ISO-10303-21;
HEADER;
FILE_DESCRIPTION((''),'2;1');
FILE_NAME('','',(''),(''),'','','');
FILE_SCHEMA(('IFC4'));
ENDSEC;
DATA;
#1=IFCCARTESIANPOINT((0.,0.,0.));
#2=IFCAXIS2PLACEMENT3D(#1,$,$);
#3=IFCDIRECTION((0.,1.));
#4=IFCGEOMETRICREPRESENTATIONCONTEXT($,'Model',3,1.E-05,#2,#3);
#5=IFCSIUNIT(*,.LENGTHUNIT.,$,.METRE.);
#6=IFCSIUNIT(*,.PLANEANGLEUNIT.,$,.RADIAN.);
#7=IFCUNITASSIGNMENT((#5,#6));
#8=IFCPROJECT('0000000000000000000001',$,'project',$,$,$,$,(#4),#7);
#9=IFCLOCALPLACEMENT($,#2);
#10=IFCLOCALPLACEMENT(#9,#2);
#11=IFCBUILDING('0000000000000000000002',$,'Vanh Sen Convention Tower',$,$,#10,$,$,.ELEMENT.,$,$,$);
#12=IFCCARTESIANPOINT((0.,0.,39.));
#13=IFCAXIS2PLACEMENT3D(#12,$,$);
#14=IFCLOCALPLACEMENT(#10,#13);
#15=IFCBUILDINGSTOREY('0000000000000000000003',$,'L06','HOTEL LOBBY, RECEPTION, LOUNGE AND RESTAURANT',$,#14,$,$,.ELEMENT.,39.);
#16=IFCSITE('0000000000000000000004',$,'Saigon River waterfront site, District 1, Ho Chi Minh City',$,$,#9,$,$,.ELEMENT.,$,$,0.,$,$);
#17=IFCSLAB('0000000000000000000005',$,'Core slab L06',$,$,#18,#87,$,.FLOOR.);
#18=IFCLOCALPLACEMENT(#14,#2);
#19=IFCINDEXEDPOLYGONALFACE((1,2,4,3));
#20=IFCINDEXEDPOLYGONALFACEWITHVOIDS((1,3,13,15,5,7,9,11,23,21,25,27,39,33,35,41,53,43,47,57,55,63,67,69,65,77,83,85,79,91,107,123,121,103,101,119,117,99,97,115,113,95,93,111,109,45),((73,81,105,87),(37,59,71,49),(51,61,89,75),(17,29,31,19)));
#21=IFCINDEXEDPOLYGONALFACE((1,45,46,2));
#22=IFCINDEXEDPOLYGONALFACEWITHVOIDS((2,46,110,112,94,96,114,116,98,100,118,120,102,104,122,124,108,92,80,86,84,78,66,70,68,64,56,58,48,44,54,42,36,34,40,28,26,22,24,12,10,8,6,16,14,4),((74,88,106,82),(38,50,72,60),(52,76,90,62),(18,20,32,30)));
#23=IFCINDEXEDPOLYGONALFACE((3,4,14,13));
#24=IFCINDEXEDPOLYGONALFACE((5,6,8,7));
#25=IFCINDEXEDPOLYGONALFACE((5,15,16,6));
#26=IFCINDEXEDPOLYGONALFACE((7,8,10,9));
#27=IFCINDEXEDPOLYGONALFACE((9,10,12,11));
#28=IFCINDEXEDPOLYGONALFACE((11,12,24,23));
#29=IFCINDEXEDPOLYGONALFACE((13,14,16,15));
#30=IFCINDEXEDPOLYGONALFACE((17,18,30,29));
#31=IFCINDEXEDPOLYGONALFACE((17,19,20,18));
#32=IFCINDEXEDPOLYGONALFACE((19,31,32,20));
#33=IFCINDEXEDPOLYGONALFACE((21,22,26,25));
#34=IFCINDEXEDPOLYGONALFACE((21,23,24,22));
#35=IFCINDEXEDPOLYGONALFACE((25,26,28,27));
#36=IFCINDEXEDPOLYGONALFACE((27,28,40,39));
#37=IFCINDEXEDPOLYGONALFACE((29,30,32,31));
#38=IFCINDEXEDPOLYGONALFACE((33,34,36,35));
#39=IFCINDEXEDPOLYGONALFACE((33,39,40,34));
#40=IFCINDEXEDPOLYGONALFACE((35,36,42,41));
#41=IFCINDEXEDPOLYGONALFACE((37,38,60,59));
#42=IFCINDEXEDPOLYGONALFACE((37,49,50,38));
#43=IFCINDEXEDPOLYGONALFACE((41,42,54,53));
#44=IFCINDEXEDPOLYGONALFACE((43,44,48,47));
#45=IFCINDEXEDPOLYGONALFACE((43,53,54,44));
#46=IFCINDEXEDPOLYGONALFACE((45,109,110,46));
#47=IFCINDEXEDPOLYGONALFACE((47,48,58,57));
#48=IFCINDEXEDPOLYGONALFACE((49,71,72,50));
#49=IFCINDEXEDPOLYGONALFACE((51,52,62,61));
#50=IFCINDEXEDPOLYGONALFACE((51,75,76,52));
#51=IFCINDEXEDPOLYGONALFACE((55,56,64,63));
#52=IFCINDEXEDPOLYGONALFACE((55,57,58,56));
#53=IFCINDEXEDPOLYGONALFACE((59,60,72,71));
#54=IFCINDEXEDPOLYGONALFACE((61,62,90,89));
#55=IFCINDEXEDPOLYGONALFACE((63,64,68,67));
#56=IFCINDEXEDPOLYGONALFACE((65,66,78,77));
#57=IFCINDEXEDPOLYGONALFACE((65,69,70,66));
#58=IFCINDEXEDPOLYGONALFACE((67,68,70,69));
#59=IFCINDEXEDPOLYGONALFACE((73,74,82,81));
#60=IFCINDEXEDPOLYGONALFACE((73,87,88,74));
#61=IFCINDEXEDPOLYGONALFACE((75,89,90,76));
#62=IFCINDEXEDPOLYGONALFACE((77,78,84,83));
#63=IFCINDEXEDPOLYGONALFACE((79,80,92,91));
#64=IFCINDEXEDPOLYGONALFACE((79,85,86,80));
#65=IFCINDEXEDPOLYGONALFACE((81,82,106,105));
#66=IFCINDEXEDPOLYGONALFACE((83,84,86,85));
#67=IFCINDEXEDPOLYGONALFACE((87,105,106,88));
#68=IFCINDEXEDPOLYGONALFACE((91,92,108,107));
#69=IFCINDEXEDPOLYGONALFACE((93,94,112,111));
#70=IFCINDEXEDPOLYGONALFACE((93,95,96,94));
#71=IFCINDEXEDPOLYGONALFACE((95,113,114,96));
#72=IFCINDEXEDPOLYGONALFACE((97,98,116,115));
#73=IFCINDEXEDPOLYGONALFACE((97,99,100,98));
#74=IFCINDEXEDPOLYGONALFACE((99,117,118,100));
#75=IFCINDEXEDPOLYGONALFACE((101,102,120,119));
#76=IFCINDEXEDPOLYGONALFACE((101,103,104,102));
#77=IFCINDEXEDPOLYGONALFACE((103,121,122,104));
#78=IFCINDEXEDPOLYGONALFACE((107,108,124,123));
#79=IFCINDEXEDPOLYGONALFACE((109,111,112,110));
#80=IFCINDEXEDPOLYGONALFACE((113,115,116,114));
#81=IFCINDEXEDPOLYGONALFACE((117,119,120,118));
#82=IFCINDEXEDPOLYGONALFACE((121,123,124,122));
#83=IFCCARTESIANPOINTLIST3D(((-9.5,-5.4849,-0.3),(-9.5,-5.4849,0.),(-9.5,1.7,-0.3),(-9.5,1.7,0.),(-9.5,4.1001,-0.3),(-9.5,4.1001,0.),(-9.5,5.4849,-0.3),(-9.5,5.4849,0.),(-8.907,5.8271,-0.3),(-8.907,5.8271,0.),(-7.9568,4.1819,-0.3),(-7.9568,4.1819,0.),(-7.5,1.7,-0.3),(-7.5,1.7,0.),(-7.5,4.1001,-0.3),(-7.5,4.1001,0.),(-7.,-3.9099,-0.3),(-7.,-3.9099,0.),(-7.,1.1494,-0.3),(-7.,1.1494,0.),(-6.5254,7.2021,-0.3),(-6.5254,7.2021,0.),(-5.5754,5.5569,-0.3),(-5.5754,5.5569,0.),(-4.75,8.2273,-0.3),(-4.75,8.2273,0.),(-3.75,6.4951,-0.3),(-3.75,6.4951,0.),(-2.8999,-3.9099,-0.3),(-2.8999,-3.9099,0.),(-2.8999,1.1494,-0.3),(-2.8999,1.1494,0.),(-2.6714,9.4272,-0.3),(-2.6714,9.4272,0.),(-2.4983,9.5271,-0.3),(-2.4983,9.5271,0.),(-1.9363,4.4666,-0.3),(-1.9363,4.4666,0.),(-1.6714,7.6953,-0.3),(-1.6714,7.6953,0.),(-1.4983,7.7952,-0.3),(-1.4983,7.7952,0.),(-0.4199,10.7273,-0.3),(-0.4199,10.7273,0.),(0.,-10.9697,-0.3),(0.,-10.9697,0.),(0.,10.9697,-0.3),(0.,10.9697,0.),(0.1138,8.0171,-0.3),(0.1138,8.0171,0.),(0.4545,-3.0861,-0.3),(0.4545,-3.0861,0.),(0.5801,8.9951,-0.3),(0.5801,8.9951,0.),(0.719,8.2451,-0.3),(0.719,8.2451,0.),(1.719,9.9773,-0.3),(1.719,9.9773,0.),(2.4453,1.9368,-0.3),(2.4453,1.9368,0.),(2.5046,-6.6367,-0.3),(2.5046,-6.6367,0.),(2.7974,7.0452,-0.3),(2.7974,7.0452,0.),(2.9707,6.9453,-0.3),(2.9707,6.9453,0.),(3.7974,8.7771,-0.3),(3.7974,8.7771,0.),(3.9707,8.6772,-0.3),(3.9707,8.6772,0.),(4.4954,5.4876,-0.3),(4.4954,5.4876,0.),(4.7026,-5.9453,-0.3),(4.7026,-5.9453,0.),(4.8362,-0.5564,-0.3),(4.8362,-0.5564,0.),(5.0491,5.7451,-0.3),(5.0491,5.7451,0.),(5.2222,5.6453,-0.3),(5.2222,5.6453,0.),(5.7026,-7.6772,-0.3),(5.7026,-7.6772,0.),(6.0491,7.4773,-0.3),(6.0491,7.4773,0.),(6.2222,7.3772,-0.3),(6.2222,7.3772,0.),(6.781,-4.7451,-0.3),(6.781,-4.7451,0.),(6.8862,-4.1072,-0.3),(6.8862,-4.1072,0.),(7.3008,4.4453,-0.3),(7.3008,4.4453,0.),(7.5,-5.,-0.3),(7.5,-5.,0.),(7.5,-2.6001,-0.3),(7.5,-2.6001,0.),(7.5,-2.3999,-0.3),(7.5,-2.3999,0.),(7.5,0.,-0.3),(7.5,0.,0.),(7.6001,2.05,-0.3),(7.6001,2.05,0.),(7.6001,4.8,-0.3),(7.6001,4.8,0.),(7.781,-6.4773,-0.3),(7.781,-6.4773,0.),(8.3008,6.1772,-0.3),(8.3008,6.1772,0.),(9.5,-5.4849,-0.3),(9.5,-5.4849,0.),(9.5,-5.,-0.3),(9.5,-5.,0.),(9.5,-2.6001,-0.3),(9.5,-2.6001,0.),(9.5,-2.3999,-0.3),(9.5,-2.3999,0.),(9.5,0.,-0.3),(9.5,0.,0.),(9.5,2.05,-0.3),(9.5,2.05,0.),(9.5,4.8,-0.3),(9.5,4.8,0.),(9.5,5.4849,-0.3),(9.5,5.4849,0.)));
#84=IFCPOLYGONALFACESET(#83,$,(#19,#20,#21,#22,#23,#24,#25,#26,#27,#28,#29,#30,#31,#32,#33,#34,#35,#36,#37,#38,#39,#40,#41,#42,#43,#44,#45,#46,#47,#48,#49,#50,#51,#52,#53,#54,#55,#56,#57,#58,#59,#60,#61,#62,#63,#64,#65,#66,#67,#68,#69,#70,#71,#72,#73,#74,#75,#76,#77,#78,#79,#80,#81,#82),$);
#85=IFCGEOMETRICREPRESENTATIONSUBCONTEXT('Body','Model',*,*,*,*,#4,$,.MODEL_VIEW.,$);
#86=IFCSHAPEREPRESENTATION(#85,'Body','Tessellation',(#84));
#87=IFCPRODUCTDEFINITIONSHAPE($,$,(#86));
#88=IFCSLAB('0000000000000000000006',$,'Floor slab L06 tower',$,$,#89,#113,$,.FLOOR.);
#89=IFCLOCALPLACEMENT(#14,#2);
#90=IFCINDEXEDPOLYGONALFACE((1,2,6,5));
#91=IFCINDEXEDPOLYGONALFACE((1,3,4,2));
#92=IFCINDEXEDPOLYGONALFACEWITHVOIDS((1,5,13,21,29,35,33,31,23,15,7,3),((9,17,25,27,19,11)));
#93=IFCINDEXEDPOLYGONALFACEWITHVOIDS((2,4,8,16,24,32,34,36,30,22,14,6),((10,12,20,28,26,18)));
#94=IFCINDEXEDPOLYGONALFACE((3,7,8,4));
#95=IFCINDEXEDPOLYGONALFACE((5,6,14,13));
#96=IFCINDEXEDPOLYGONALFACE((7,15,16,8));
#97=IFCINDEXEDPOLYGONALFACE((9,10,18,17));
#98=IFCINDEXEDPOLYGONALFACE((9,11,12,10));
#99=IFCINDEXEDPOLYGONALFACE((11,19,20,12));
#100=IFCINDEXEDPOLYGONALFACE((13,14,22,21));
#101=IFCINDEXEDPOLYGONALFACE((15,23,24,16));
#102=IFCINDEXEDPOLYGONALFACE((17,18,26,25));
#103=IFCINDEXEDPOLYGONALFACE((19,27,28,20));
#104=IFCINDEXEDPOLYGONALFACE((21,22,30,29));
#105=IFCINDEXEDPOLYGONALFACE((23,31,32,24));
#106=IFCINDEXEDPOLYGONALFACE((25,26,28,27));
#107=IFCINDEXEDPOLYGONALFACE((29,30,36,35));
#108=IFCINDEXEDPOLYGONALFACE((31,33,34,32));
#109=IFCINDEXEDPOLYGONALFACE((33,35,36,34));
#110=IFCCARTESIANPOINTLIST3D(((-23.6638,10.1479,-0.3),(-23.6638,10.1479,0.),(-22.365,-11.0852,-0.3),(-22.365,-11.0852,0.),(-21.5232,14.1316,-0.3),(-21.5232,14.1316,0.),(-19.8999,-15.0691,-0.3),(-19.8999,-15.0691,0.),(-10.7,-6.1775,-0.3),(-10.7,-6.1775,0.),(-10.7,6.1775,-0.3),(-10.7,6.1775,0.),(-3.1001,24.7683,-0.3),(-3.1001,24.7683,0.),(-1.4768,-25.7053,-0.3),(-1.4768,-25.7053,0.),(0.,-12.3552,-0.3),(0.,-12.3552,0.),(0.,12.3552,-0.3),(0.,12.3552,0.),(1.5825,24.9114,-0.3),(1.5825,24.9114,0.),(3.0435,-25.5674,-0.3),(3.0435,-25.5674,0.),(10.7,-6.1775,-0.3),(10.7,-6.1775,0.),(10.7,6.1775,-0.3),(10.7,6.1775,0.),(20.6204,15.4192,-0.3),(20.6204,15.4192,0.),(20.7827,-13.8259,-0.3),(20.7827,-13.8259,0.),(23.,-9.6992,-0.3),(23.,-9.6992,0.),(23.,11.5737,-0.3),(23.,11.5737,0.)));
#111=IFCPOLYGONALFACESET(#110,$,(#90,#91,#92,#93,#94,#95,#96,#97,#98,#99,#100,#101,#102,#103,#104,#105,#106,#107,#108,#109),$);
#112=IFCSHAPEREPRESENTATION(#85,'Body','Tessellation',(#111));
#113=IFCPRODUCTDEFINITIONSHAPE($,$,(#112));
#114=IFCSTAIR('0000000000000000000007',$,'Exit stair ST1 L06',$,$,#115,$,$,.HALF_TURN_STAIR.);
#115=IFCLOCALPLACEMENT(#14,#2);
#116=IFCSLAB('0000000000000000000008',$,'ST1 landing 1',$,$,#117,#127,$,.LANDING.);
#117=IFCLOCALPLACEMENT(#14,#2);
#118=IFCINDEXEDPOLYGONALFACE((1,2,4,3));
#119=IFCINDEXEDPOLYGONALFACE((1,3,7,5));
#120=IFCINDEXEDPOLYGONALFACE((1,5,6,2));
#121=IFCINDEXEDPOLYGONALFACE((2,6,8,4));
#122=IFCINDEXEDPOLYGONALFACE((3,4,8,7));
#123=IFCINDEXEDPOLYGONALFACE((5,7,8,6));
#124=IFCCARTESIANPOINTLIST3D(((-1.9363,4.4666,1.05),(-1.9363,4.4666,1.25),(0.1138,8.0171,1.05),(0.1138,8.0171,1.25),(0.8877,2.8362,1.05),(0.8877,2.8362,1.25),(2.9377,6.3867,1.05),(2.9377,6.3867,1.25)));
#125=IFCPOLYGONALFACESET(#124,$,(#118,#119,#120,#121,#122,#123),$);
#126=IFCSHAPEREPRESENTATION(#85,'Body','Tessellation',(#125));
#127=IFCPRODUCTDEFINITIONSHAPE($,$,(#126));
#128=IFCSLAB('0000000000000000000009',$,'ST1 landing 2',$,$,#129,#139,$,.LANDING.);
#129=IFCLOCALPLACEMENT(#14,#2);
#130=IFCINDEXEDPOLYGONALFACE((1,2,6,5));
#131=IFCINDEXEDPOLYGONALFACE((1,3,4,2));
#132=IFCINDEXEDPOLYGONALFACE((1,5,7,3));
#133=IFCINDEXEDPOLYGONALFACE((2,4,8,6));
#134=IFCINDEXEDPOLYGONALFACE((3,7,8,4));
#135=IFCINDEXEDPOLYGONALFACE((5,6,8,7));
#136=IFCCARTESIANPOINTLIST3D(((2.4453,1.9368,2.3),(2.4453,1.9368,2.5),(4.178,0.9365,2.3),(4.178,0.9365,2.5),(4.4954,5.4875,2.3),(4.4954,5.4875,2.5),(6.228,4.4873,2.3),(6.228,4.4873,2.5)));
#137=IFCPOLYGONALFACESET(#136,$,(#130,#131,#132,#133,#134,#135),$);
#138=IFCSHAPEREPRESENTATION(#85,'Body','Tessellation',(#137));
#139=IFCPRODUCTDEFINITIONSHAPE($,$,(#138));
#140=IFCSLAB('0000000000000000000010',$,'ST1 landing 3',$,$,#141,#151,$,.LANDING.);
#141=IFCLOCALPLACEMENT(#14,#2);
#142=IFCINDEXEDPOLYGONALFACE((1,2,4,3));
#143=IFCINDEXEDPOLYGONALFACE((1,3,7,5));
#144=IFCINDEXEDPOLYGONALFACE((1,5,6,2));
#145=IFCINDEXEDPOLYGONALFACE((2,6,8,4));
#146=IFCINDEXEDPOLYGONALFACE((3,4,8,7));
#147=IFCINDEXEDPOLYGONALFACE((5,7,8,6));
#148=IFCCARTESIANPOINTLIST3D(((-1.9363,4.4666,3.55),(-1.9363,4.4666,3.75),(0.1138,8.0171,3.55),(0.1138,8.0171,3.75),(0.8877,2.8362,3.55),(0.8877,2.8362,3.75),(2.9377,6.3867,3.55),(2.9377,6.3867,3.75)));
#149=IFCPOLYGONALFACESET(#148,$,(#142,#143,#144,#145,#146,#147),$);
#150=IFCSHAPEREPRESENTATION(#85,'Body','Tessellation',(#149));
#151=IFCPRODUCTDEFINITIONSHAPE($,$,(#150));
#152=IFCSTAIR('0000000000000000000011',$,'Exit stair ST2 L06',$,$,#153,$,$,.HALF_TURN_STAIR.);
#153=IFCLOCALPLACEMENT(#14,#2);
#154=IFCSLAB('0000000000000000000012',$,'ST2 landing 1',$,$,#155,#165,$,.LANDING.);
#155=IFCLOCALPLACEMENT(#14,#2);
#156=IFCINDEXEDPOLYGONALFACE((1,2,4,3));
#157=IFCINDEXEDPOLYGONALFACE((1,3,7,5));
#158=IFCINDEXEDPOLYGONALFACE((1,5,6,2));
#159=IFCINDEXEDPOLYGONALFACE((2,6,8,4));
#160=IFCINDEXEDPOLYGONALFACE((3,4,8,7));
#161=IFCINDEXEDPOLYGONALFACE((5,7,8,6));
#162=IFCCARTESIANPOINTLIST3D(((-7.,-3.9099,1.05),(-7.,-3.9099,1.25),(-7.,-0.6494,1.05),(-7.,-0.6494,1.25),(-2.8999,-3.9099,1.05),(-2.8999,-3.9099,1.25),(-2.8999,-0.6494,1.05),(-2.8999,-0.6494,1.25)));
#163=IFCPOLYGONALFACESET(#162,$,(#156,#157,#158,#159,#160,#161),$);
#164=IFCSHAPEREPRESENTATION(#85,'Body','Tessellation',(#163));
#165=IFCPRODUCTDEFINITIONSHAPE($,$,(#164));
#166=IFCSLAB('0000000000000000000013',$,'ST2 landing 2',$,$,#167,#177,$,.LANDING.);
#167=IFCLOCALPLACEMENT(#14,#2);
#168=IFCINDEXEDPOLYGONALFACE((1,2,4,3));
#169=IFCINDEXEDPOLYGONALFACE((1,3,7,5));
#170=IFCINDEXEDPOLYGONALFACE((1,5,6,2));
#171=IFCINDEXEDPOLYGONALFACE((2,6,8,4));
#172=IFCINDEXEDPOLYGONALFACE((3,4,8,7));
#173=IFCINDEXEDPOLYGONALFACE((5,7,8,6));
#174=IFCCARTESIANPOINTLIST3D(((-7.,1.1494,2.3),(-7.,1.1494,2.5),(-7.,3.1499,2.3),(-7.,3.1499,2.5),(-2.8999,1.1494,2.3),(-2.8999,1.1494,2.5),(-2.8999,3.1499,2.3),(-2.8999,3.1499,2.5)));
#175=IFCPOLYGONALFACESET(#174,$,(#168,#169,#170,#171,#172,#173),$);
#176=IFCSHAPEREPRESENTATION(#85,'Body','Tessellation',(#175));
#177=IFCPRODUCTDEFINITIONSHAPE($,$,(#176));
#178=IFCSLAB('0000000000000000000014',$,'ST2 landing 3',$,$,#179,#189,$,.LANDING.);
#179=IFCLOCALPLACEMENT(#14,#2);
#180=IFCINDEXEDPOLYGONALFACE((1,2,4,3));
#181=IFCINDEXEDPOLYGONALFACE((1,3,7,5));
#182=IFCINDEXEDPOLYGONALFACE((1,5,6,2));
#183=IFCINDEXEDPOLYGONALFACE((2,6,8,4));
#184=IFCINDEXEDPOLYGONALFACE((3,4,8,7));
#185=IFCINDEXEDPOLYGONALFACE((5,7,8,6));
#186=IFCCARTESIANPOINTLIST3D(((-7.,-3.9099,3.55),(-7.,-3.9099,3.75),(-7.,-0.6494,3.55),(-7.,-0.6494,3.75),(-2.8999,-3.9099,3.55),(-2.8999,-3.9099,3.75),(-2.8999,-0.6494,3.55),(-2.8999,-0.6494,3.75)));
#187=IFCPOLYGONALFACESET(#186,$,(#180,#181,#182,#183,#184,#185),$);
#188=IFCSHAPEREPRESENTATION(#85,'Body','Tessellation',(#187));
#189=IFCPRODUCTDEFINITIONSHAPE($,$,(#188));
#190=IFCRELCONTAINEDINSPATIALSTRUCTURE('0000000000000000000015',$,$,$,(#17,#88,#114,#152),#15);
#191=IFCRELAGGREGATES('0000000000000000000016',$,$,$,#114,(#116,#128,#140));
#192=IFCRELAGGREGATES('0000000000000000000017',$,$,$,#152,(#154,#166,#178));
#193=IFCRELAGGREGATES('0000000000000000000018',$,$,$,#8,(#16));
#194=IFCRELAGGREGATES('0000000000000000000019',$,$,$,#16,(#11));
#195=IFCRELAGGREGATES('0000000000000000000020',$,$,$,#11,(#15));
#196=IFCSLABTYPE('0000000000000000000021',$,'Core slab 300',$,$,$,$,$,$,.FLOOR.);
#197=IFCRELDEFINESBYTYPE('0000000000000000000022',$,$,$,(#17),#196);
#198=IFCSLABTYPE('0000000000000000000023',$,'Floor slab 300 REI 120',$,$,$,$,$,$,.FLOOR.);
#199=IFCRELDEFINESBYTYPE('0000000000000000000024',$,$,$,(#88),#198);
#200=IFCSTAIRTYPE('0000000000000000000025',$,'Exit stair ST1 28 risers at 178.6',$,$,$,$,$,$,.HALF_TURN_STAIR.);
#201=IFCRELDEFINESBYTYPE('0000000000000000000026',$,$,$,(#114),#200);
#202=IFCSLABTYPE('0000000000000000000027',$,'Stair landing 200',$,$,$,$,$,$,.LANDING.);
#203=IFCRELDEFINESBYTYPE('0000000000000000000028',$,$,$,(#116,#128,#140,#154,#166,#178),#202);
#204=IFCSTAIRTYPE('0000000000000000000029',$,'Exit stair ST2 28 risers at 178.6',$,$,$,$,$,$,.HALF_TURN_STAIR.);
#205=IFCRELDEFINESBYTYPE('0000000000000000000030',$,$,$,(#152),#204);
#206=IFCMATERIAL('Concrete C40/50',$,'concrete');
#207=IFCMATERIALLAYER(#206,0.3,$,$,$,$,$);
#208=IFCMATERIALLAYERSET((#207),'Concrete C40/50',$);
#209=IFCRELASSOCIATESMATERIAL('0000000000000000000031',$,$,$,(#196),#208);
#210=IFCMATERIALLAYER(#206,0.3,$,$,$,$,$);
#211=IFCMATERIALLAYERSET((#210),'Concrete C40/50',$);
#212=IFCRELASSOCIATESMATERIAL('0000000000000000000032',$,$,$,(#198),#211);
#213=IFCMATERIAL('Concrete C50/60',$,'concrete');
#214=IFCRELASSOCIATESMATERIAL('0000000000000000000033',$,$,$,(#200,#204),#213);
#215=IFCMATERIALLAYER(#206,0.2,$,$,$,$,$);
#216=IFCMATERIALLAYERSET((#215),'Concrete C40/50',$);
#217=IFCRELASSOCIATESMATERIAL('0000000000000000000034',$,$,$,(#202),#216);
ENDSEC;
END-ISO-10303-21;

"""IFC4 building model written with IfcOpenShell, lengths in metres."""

from ifc_helpers import new_model, si_unit, direction, frame, origin, place, context, subcontext, project, spatial, polyline, outline, extrude, material, layer, layer_set, type_object, element, aggregate, save


model = new_model("IFC4")

# Units and contexts
model_context = context("Model", 3, precision=1e-05, world=origin(), true_north=direction((0.0, 1.0)))
body_context = subcontext(model_context, "Body", "Model", "MODEL_VIEW")
ifc_project = project(units=[si_unit("LENGTHUNIT", "METRE"), si_unit("PLANEANGLEUNIT", "RADIAN")], contexts=[model_context])

# Site, building, storey
site_placement = place(None, origin())
site = spatial("IfcSite", under=ifc_project, at=site_placement, Name="Saigon River waterfront site, District 1, Ho Chi Minh City", CompositionType="ELEMENT", RefElevation=0.0)
building_placement = place(site_placement, origin())
building = spatial("IfcBuilding", under=site, at=building_placement, Name="Vanh Sen Convention Tower", CompositionType="ELEMENT")
storey_placement = place(building_placement, frame((0.0, 0.0, 39.0)))
storey = spatial("IfcBuildingStorey", under=building, at=storey_placement, Name="L06", Description="HOTEL LOBBY, RECEPTION, LOUNGE AND RESTAURANT", CompositionType="ELEMENT", Elevation=39.0)

# Slabs
ifc_material_1 = material(Name="Concrete C40/50", Category="concrete")
ifc_layer_1 = layer(ifc_material_1, 0.3)
ifc_layer_set_1 = layer_set([ifc_layer_1], Name="Concrete C40/50")
slab_type_1 = type_object("IfcSlabType", Name="Core slab 300", PredefinedType="FLOOR", material=ifc_layer_set_1)
slab_1_placement = place(storey_placement, frame((0.0, 0.0, -0.3)))
element("IfcSlab", 1, at=slab_1_placement, inside=storey, type_object=slab_type_1, Name="Core slab L06", PredefinedType="FLOOR", context=body_context, shape_type="SweptSolid", body=[
    extrude(outline(polyline([(9.5, 5.4849), (9.5, 4.8), (7.6001, 4.8), (7.6001, 2.05), (9.5, 2.05), (9.5, 0.0), (7.5, 0.0), (7.5, -2.3999), (9.5, -2.3999), (9.5, -2.6001), (7.5, -2.6001), (7.5, -5.0), (9.5, -5.0), (9.5, -5.4849), (0.0, -10.9697), (-9.5, -5.4849), (-9.5, 1.7), (-7.5, 1.7), (-7.5, 4.1001), (-9.5, 4.1001), (-9.5, 5.4849), (-8.907, 5.8271), (-7.9568, 4.1819), (-5.5754, 5.5569), (-6.5254, 7.2021), (-4.75, 8.2273), (-3.75, 6.4951), (-1.6714, 7.6953), (-2.6714, 9.4272), (-2.4983, 9.5271), (-1.4983, 7.7952), (0.5801, 8.9951), (-0.4199, 10.7273), (0.0, 10.9697), (1.719, 9.9773), (0.719, 8.2451), (2.7974, 7.0452), (3.7974, 8.7771), (3.9707, 8.6772), (2.9707, 6.9453), (5.0491, 5.7451), (6.0491, 7.4773), (6.2222, 7.3772), (5.2222, 5.6453), (7.3008, 4.4453), (8.3008, 6.1772), (9.5, 5.4849)]), holes=[polyline([(-7.0, 3.1499), (-7.0, -3.9099), (-2.8999, -3.9099), (-2.8999, 3.1499), (-2.8999, 1.1494), (-7.0, 1.1494), (-7.0, 3.1499)]), polyline([(4.4954, 5.4875), (6.228, 4.4873), (0.1138, 8.0171), (-1.9363, 4.4666), (2.4453, 1.9368), (4.4954, 5.4875)]), polyline([(7.781, -6.4773), (6.781, -4.7451), (4.7026, -5.9453), (5.7026, -7.6772), (7.781, -6.4773)]), polyline([(0.4546, -3.0862), (2.5046, -6.6367), (6.8862, -4.1072), (4.8362, -0.5564), (-1.2781, -4.0864), (0.4546, -3.0862)])]), origin(), (0.0, 0.0, 1.0), 0.3),
])
ifc_layer_2 = layer(ifc_material_1, 0.3)
ifc_layer_set_2 = layer_set([ifc_layer_2], Name="Concrete C40/50")
slab_type_2 = type_object("IfcSlabType", Name="Floor slab 300 REI 120", PredefinedType="FLOOR", material=ifc_layer_set_2)
slab_2_placement = place(storey_placement, frame((0.0, 0.0, -0.3)))
element("IfcSlab", 2, at=slab_2_placement, inside=storey, type_object=slab_type_2, Name="Floor slab L06 tower", PredefinedType="FLOOR", context=body_context, shape_type="SweptSolid", body=[
    extrude(outline(polyline([(23.0, -9.6992), (23.0, 11.5737), (20.6204, 15.4192), (1.5825, 24.9114), (-3.1001, 24.7683), (-21.5232, 14.1316), (-23.6638, 10.1479), (-22.365, -11.0852), (-19.8999, -15.0691), (-1.4768, -25.7053), (3.0435, -25.5674), (20.7827, -13.8259), (23.0, -9.6992)]), holes=[polyline([(0.0, 12.3552), (-10.7, 6.1775), (-10.7, -6.1775), (0.0, -12.3552), (10.7, -6.1775), (10.7, 6.1775), (0.0, 12.3552)])]), origin(), (0.0, 0.0, 1.0), 0.3),
])

# Stairs, slabs
ifc_material_2 = material(Name="Concrete C50/60", Category="concrete")
stair_type_1 = type_object("IfcStairType", Name="Exit stair ST1 28 risers at 178.6", PredefinedType="HALF_TURN_STAIR", material=ifc_material_2)
stair_1_placement = place(storey_placement, origin())
stair_1 = element("IfcStair", 3, at=stair_1_placement, inside=storey, type_object=stair_type_1, Name="Exit stair ST1 L06", PredefinedType="HALF_TURN_STAIR")
ifc_layer_3 = layer(ifc_material_1, 0.2)
ifc_layer_set_3 = layer_set([ifc_layer_3], Name="Concrete C40/50")
slab_type_3 = type_object("IfcSlabType", Name="Stair landing 200", PredefinedType="LANDING", material=ifc_layer_set_3)
slab_3_placement = place(storey_placement, frame((0.0, 0.0, 1.05)))
slab_3 = element("IfcSlab", 4, at=slab_3_placement, type_object=slab_type_3, Name="ST1 landing 1", PredefinedType="LANDING", context=body_context, shape_type="SweptSolid", body=[
    extrude(outline(polyline([(2.9377, 6.3867), (0.1138, 8.0171), (-1.9363, 4.4666), (0.8877, 2.8362), (2.9377, 6.3867)])), origin(), (0.0, 0.0, 1.0), 0.2),
])
slab_4_placement = place(storey_placement, frame((0.0, 0.0, 2.3)))
slab_4 = element("IfcSlab", 5, at=slab_4_placement, type_object=slab_type_3, Name="ST1 landing 2", PredefinedType="LANDING", context=body_context, shape_type="SweptSolid", body=[
    extrude(outline(polyline([(6.228, 4.4873), (4.4954, 5.4875), (2.4453, 1.9368), (4.178, 0.9365), (6.228, 4.4873)])), origin(), (0.0, 0.0, 1.0), 0.2),
])
slab_5_placement = place(storey_placement, frame((0.0, 0.0, 3.55)))
slab_5 = element("IfcSlab", 6, at=slab_5_placement, type_object=slab_type_3, Name="ST1 landing 3", PredefinedType="LANDING", context=body_context, shape_type="SweptSolid", body=[
    extrude(outline(polyline([(2.9377, 6.3867), (0.1138, 8.0171), (-1.9363, 4.4666), (0.8877, 2.8362), (2.9377, 6.3867)])), origin(), (0.0, 0.0, 1.0), 0.2),
])
aggregate(stair_1, [slab_3, slab_4, slab_5])
stair_type_2 = type_object("IfcStairType", Name="Exit stair ST2 28 risers at 178.6", PredefinedType="HALF_TURN_STAIR", material=ifc_material_2)
stair_2_placement = place(storey_placement, origin())
stair_2 = element("IfcStair", 7, at=stair_2_placement, inside=storey, type_object=stair_type_2, Name="Exit stair ST2 L06", PredefinedType="HALF_TURN_STAIR")
slab_6_placement = place(storey_placement, frame((0.0, 0.0, 1.05)))
slab_6 = element("IfcSlab", 8, at=slab_6_placement, type_object=slab_type_3, Name="ST2 landing 1", PredefinedType="LANDING", context=body_context, shape_type="SweptSolid", body=[
    extrude(outline(polyline([(-7.0, -0.6494), (-7.0, -3.9099), (-2.8999, -3.9099), (-2.8999, -0.6494), (-7.0, -0.6494)])), origin(), (0.0, 0.0, 1.0), 0.2),
])
slab_7_placement = place(storey_placement, frame((0.0, 0.0, 2.3)))
slab_7 = element("IfcSlab", 9, at=slab_7_placement, type_object=slab_type_3, Name="ST2 landing 2", PredefinedType="LANDING", context=body_context, shape_type="SweptSolid", body=[
    extrude(outline(polyline([(-7.0, 3.1499), (-7.0, 1.1494), (-2.8999, 1.1494), (-2.8999, 3.1499), (-7.0, 3.1499)])), origin(), (0.0, 0.0, 1.0), 0.2),
])
slab_8_placement = place(storey_placement, frame((0.0, 0.0, 3.55)))
slab_8 = element("IfcSlab", 10, at=slab_8_placement, type_object=slab_type_3, Name="ST2 landing 3", PredefinedType="LANDING", context=body_context, shape_type="SweptSolid", body=[
    extrude(outline(polyline([(-7.0, -0.6494), (-7.0, -3.9099), (-2.8999, -3.9099), (-2.8999, -0.6494), (-7.0, -0.6494)])), origin(), (0.0, 0.0, 1.0), 0.2),
])
aggregate(stair_2, [slab_6, slab_7, slab_8])

save(model, "model.ifc")
